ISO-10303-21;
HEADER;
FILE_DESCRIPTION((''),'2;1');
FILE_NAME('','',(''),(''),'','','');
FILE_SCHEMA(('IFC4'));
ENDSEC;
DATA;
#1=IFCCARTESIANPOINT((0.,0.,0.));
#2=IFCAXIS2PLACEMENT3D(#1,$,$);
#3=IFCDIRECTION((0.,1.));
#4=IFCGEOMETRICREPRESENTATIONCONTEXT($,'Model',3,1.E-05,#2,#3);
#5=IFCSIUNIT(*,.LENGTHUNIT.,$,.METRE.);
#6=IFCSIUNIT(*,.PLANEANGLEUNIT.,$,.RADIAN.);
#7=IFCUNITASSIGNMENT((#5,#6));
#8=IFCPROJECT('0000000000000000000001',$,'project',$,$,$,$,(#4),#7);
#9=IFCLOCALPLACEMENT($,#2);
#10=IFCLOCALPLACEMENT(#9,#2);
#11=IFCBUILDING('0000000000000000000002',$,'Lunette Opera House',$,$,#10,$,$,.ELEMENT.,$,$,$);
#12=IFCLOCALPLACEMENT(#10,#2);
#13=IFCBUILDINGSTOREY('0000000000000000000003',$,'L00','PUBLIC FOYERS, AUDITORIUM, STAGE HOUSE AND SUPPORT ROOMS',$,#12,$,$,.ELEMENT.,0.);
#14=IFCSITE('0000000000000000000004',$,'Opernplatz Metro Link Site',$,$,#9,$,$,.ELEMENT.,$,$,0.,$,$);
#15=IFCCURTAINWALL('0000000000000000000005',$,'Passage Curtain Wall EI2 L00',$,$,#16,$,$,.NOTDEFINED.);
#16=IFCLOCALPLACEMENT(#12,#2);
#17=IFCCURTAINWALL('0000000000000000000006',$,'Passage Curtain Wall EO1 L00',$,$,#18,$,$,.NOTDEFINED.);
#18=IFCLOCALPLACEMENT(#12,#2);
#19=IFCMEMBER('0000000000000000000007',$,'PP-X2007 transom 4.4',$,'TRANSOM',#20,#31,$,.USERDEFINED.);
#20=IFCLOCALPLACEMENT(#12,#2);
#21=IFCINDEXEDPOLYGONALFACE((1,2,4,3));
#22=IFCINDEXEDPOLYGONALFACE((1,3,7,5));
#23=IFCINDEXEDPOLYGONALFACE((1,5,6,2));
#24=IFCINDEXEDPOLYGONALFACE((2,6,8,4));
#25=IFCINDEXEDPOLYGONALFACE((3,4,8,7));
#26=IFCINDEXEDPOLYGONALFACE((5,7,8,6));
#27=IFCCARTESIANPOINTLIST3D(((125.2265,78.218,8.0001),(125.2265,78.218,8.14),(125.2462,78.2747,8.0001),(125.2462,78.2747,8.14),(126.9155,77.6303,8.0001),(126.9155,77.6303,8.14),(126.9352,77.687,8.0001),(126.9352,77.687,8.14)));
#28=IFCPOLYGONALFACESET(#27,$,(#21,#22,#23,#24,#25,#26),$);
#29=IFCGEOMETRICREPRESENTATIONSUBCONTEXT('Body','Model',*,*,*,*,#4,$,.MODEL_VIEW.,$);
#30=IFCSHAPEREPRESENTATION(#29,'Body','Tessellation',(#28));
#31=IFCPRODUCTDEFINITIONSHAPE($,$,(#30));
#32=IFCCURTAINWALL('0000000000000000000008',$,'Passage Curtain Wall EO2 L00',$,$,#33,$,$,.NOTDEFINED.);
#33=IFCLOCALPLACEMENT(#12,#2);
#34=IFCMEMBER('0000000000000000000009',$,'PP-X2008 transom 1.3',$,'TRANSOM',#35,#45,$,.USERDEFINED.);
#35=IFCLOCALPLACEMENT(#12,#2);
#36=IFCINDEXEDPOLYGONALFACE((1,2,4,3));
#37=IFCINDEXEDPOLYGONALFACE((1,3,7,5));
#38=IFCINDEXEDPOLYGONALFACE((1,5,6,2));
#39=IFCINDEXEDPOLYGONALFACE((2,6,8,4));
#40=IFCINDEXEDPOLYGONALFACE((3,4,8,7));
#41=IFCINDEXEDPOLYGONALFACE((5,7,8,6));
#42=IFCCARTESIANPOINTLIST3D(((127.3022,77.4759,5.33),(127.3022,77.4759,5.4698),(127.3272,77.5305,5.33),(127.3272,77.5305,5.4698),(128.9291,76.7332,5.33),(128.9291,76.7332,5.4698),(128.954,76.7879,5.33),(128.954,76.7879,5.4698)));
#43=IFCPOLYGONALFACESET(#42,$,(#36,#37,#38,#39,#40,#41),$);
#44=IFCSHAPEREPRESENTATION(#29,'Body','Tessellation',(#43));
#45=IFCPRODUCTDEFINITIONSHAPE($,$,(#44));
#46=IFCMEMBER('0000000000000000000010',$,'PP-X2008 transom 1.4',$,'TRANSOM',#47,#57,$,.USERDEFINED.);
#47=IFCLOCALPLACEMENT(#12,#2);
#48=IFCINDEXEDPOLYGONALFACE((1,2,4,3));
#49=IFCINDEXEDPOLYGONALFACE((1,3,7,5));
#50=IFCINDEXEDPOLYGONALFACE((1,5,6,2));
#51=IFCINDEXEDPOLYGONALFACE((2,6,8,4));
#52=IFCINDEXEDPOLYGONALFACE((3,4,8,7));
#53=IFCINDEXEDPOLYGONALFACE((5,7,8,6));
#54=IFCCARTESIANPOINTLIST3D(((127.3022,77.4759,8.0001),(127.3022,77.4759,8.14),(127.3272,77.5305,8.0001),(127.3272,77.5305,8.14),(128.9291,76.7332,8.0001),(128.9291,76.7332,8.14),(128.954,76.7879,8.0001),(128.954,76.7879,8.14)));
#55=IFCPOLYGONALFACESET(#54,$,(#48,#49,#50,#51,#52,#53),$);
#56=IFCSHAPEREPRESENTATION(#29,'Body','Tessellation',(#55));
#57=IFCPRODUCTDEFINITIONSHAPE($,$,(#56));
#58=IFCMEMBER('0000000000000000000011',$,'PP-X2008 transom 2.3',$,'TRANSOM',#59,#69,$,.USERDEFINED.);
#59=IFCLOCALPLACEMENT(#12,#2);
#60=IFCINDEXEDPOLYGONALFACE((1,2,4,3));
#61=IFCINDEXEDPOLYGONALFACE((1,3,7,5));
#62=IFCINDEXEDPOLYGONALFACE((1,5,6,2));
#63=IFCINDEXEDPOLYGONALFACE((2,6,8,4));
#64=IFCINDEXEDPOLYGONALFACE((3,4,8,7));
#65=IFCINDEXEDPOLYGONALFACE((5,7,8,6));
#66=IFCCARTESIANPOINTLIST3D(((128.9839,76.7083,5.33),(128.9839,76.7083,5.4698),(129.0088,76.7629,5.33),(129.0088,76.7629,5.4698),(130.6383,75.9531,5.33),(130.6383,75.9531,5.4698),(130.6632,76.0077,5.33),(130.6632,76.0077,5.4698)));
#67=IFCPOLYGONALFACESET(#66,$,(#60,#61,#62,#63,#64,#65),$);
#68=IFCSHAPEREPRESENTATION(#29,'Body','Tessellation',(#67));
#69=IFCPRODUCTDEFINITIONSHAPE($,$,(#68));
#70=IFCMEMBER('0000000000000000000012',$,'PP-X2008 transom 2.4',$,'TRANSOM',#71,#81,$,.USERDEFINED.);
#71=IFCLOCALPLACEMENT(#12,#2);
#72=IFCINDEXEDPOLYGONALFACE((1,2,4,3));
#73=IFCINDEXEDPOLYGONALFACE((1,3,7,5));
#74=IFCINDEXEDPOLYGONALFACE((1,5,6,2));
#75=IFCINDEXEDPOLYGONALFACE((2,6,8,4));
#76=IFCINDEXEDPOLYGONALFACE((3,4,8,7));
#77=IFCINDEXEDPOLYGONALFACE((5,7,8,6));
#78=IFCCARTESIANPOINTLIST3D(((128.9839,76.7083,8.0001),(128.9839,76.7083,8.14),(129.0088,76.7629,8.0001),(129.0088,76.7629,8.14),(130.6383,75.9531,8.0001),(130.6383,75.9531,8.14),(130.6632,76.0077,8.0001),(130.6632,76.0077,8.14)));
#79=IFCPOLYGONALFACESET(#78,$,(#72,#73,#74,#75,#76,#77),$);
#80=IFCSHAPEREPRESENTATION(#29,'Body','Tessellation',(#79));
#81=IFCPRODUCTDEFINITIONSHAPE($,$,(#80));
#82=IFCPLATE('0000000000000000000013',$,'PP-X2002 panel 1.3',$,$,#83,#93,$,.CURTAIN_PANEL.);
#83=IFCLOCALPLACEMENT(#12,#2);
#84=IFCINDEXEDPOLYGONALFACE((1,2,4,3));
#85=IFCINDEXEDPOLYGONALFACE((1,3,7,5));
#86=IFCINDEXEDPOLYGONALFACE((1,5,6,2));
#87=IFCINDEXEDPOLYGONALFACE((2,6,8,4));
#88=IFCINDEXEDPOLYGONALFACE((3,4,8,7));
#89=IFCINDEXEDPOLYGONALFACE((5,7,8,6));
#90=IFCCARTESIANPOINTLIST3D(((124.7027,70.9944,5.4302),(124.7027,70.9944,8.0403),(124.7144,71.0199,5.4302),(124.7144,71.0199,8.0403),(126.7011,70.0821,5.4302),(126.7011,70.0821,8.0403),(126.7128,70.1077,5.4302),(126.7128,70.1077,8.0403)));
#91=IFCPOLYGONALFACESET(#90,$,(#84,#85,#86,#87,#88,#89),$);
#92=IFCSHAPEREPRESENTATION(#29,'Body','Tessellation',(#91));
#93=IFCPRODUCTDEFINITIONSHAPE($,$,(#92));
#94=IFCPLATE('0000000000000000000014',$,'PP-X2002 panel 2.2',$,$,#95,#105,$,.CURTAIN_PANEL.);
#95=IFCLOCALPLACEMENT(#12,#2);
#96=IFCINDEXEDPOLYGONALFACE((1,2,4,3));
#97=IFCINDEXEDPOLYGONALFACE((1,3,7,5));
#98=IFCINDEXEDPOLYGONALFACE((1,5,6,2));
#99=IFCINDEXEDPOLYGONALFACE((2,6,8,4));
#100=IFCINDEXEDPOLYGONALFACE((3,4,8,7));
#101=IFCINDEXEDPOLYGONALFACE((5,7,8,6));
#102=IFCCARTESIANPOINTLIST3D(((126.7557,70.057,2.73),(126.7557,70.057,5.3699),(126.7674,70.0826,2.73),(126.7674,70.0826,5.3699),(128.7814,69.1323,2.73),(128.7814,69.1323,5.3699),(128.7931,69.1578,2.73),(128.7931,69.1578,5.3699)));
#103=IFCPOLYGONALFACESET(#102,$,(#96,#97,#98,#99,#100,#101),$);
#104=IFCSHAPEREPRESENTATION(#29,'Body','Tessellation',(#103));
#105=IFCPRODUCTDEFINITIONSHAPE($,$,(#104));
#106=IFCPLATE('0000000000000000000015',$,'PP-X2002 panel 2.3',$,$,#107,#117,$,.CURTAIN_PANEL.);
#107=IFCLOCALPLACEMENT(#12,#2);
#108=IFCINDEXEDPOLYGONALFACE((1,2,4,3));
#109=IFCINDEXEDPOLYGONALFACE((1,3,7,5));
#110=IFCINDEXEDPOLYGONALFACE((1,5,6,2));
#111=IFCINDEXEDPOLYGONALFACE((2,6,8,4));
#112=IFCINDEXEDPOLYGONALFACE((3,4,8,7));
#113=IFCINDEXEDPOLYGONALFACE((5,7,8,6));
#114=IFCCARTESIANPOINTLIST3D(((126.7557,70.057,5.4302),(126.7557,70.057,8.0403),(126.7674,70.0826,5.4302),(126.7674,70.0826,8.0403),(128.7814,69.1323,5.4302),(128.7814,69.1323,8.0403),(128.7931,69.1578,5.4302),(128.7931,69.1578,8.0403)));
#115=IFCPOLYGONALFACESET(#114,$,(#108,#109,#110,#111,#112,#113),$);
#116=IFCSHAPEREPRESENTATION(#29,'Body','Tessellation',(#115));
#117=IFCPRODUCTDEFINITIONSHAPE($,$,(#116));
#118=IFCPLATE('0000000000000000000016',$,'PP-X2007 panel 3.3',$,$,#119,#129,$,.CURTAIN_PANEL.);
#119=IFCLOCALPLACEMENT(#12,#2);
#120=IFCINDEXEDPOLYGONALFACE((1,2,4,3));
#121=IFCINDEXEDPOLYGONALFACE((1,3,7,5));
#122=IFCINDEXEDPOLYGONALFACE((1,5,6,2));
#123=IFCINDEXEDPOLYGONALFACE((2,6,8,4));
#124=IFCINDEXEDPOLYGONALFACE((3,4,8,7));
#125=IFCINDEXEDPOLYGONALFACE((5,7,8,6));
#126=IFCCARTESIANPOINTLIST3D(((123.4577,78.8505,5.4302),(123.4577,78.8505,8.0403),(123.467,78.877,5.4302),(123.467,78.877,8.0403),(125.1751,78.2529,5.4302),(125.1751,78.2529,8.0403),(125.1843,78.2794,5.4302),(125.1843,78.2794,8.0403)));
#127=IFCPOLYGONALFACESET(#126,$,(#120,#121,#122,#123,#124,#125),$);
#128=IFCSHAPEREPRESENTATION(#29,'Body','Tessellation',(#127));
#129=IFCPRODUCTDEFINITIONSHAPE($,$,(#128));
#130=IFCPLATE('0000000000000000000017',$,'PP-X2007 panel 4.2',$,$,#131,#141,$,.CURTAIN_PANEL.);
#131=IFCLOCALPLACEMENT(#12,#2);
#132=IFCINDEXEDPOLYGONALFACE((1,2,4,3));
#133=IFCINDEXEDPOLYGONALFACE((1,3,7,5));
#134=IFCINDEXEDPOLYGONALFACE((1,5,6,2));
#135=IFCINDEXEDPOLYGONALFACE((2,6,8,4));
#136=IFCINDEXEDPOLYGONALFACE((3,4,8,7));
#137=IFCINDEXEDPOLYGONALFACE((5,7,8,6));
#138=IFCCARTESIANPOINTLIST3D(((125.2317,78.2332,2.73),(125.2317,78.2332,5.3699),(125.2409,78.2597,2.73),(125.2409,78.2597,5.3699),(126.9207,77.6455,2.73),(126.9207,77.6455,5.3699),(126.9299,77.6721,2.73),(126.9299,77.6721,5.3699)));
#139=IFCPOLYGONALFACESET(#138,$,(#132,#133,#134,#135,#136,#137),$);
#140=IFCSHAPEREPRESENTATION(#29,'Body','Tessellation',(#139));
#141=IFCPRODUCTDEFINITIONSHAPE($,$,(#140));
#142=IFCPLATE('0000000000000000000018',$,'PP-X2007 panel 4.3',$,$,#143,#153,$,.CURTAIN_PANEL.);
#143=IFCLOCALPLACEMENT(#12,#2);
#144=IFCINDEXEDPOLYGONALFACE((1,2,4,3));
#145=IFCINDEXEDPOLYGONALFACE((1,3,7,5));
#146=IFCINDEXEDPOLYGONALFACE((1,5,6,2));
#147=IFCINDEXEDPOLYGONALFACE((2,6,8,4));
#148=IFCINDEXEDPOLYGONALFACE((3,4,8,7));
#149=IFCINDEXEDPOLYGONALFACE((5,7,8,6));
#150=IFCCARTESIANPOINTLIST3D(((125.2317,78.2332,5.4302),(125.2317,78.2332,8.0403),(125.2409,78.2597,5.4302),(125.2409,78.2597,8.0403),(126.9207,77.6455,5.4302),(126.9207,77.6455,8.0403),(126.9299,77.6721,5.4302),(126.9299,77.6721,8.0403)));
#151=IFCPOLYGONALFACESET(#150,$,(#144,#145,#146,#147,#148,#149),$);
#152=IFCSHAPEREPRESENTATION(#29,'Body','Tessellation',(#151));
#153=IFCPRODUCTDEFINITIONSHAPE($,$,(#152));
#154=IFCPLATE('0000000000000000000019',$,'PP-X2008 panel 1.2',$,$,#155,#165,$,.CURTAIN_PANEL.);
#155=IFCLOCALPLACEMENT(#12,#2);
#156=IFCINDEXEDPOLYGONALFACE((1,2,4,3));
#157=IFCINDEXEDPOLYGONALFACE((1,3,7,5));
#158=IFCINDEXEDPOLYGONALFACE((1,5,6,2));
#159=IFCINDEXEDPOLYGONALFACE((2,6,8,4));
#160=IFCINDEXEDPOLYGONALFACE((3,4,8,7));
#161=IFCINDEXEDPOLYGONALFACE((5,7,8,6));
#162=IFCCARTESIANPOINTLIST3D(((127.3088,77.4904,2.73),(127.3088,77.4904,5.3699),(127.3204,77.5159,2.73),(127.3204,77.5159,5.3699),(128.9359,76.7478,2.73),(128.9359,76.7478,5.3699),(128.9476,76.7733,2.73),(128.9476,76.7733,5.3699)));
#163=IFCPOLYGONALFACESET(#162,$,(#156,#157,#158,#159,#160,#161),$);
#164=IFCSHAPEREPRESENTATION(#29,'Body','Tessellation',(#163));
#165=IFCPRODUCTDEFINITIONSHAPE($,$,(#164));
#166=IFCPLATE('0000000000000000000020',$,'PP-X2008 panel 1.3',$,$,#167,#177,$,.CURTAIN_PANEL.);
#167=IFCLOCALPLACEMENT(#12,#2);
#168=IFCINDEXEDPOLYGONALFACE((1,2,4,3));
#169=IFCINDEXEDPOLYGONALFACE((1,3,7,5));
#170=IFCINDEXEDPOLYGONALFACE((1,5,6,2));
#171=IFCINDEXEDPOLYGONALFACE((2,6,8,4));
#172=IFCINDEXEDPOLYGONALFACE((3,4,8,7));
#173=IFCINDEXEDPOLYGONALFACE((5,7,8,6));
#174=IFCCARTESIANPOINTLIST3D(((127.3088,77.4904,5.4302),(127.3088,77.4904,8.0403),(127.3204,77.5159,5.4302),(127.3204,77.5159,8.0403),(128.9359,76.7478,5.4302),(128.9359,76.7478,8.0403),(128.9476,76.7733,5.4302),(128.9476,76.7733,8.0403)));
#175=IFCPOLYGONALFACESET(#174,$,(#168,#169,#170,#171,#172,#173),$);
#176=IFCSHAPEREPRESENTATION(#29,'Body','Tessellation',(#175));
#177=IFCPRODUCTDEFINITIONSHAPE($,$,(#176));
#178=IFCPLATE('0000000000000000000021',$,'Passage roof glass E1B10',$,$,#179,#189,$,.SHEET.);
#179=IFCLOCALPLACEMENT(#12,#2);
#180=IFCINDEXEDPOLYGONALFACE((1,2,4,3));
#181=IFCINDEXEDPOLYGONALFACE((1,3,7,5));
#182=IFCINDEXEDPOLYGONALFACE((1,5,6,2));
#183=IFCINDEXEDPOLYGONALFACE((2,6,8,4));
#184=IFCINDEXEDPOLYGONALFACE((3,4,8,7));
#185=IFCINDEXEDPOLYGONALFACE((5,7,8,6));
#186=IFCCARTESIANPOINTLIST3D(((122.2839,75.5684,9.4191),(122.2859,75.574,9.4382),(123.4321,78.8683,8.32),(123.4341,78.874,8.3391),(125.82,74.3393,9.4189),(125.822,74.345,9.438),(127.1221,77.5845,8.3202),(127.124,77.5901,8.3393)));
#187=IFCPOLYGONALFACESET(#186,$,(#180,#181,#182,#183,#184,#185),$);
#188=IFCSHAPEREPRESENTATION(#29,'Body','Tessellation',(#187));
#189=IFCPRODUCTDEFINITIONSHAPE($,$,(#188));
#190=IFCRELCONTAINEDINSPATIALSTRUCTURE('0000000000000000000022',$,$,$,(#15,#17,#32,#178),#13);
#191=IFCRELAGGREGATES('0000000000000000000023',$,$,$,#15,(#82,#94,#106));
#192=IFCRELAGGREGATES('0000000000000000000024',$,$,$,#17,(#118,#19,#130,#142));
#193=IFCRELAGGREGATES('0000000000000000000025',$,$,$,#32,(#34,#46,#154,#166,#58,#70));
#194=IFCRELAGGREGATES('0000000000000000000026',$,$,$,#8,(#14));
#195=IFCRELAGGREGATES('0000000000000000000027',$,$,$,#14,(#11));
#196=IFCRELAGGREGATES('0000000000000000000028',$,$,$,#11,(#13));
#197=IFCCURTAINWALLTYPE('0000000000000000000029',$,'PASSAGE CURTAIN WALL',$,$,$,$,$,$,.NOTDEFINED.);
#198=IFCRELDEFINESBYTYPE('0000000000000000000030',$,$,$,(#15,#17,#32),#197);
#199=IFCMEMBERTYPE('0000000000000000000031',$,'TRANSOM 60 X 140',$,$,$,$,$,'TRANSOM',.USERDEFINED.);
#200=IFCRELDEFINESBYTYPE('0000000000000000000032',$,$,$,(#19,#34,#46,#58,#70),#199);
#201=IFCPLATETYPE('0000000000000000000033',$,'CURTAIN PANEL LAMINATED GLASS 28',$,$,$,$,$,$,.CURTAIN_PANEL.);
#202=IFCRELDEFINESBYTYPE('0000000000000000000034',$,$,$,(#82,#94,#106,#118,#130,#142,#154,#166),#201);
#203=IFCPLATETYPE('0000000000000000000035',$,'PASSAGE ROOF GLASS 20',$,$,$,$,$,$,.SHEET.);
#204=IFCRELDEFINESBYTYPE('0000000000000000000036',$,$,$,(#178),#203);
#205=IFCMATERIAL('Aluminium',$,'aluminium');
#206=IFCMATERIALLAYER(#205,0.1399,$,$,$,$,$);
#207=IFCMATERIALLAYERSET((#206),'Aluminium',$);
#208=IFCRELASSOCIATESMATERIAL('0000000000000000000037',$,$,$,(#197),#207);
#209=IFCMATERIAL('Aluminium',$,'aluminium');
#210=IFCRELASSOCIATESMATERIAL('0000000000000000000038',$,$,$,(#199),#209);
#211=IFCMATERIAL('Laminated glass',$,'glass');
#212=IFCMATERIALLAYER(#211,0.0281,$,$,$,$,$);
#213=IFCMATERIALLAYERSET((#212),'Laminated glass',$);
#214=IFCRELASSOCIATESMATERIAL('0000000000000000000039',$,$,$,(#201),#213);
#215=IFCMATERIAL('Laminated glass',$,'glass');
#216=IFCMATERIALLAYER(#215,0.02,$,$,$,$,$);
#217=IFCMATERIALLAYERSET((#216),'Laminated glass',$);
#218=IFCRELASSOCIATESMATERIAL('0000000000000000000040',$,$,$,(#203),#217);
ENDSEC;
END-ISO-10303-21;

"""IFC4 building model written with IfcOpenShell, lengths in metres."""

from ifc_helpers import new_model, si_unit, direction, frame, origin, origin_2d, place, context, subcontext, project, spatial, polyline, rectangle, outline, extrude, material, layer, layer_set, material_profile, profile_set, type_object, element, aggregate, save


model = new_model("IFC4")

# Units and contexts
model_context = context("Model", 3, precision=1e-05, world=origin(), true_north=direction((0.0, 1.0)))
body_context = subcontext(model_context, "Body", "Model", "MODEL_VIEW")
ifc_project = project(units=[si_unit("LENGTHUNIT", "METRE"), si_unit("PLANEANGLEUNIT", "RADIAN")], contexts=[model_context])

# Site, building, storey
site_placement = place(None, origin())
site = spatial("IfcSite", under=ifc_project, at=site_placement, Name="Opernplatz Metro Link Site", CompositionType="ELEMENT", RefElevation=0.0)
building_placement = place(site_placement, origin())
building = spatial("IfcBuilding", under=site, at=building_placement, Name="Lunette Opera House", CompositionType="ELEMENT")
storey_placement = place(building_placement, origin())
storey = spatial("IfcBuildingStorey", under=building, at=storey_placement, Name="L00", Description="PUBLIC FOYERS, AUDITORIUM, STAGE HOUSE AND SUPPORT ROOMS", CompositionType="ELEMENT", Elevation=0.0)

# Curtain walls, members
ifc_material_1 = material(Name="Aluminium", Category="aluminium")
ifc_layer_1 = layer(ifc_material_1, 0.1399)
ifc_layer_set_1 = layer_set([ifc_layer_1], Name="Aluminium")
curtain_wall_type = type_object("IfcCurtainWallType", Name="PASSAGE CURTAIN WALL", PredefinedType="NOTDEFINED", material=ifc_layer_set_1)
curtain_wall_1_placement = place(storey_placement, origin())
curtain_wall_1 = element("IfcCurtainWall", 1, at=curtain_wall_1_placement, inside=storey, type_object=curtain_wall_type, Name="Passage Curtain Wall EI2 L00", PredefinedType="NOTDEFINED")
ifc_material_2 = material(Name="Aluminium", Category="aluminium")
ifc_material_profile_1 = material_profile(ifc_material_2, rectangle(XDim=0.0601, YDim=0.1399, at=origin_2d()), Name="TRANSOM 60 X 140")
ifc_profile_set_1 = profile_set([ifc_material_profile_1], Name="Aluminium")
member_type_1 = type_object("IfcMemberType", Name="TRANSOM 60 X 140", ElementType="TRANSOM", PredefinedType="USERDEFINED", material=ifc_profile_set_1)
curtain_wall_2_placement = place(storey_placement, origin())
curtain_wall_2 = element("IfcCurtainWall", 2, at=curtain_wall_2_placement, inside=storey, type_object=curtain_wall_type, Name="Passage Curtain Wall EO1 L00", PredefinedType="NOTDEFINED")
member_1_placement = place(storey_placement, frame((125.2363, 78.2463, 8.0701), z_axis=(0.944465, -0.328611, 0.0), x_axis=(0.328611, 0.944465, 0.0)))
member_1 = element("IfcMember", 3, at=member_1_placement, type_object=member_type_1, Name="PP-X2007 transom 4.4", ObjectType="TRANSOM", PredefinedType="USERDEFINED", context=body_context, shape_type="SweptSolid", body=[
    extrude(rectangle(XDim=0.0601, YDim=0.1399, at=origin_2d()), origin(), (0.0, 0.0, 1.0), 1.7883),
])
curtain_wall_3_placement = place(storey_placement, origin())
curtain_wall_3 = element("IfcCurtainWall", 4, at=curtain_wall_3_placement, inside=storey, type_object=curtain_wall_type, Name="Passage Curtain Wall EO2 L00", PredefinedType="NOTDEFINED")
member_2_placement = place(storey_placement, frame((127.3147, 77.5032, 5.3999), z_axis=(0.909701, -0.415263, 0.0), x_axis=(0.415263, 0.909701, 0.0)))
member_2 = element("IfcMember", 5, at=member_2_placement, type_object=member_type_1, Name="PP-X2008 transom 1.3", ObjectType="TRANSOM", PredefinedType="USERDEFINED", context=body_context, shape_type="SweptSolid", body=[
    extrude(rectangle(XDim=0.0601, YDim=0.1399, at=origin_2d()), origin(), (0.0, 0.0, 1.0), 1.7883),
])
member_3_placement = place(storey_placement, frame((127.3147, 77.5032, 8.0701), z_axis=(0.909701, -0.415263, 0.0), x_axis=(0.415263, 0.909701, 0.0)))
member_3 = element("IfcMember", 6, at=member_3_placement, type_object=member_type_1, Name="PP-X2008 transom 1.4", ObjectType="TRANSOM", PredefinedType="USERDEFINED", context=body_context, shape_type="SweptSolid", body=[
    extrude(rectangle(XDim=0.0601, YDim=0.1399, at=origin_2d()), origin(), (0.0, 0.0, 1.0), 1.7883),
])
member_4_placement = place(storey_placement, frame((128.9963, 76.7356, 5.3999), z_axis=(0.909708, -0.415249, 0.0), x_axis=(0.415249, 0.909708, 0.0)))
member_4 = element("IfcMember", 7, at=member_4_placement, type_object=member_type_1, Name="PP-X2008 transom 2.3", ObjectType="TRANSOM", PredefinedType="USERDEFINED", context=body_context, shape_type="SweptSolid", body=[
    extrude(rectangle(XDim=0.0601, YDim=0.1399, at=origin_2d()), origin(), (0.0, 0.0, 1.0), 1.8186),
])
member_5_placement = place(storey_placement, frame((128.9963, 76.7356, 8.0701), z_axis=(0.909708, -0.415249, 0.0), x_axis=(0.415249, 0.909708, 0.0)))
member_5 = element("IfcMember", 8, at=member_5_placement, type_object=member_type_1, Name="PP-X2008 transom 2.4", ObjectType="TRANSOM", PredefinedType="USERDEFINED", context=body_context, shape_type="SweptSolid", body=[
    extrude(rectangle(XDim=0.0601, YDim=0.1399, at=origin_2d()), origin(), (0.0, 0.0, 1.0), 1.8186),
])

# Plates
ifc_material_3 = material(Name="Laminated glass", Category="glass")
ifc_layer_2 = layer(ifc_material_3, 0.0281)
ifc_layer_set_2 = layer_set([ifc_layer_2], Name="Laminated glass")
plate_type_1 = type_object("IfcPlateType", Name="CURTAIN PANEL LAMINATED GLASS 28", PredefinedType="CURTAIN_PANEL", material=ifc_layer_set_2)
plate_1_placement = place(storey_placement, frame((125.7078, 70.551, 5.4302), z_axis=(0.0, 0.0, 1.0), x_axis=(0.909696, -0.415274, 0.0)))
plate_1 = element("IfcPlate", 9, at=plate_1_placement, type_object=plate_type_1, Name="PP-X2002 panel 1.3", PredefinedType="CURTAIN_PANEL", context=body_context, shape_type="SweptSolid", body=[
    extrude(rectangle(XDim=2.1968, YDim=0.0281, at=origin_2d()), origin(), (0.0, 0.0, 1.0), 2.6101),
])
plate_2_placement = place(storey_placement, frame((127.7744, 69.6074, 2.73), z_axis=(0.0, 0.0, 1.0), x_axis=(0.909696, -0.415274, 0.0)))
plate_2 = element("IfcPlate", 10, at=plate_2_placement, type_object=plate_type_1, Name="PP-X2002 panel 2.2", PredefinedType="CURTAIN_PANEL", context=body_context, shape_type="SweptSolid", body=[
    extrude(rectangle(XDim=2.2268, YDim=0.0281, at=origin_2d()), origin(), (0.0, 0.0, 1.0), 2.6399),
])
plate_3_placement = place(storey_placement, frame((127.7744, 69.6074, 5.4302), z_axis=(0.0, 0.0, 1.0), x_axis=(0.909696, -0.415274, 0.0)))
plate_3 = element("IfcPlate", 11, at=plate_3_placement, type_object=plate_type_1, Name="PP-X2002 panel 2.3", PredefinedType="CURTAIN_PANEL", context=body_context, shape_type="SweptSolid", body=[
    extrude(rectangle(XDim=2.2268, YDim=0.0281, at=origin_2d()), origin(), (0.0, 0.0, 1.0), 2.6101),
])
aggregate(curtain_wall_1, [plate_1, plate_2, plate_3])
plate_4_placement = place(storey_placement, frame((124.321, 78.5649, 5.4302), z_axis=(0.0, 0.0, 1.0), x_axis=(0.944463, -0.328619, 0.0)))
plate_4 = element("IfcPlate", 12, at=plate_4_placement, type_object=plate_type_1, Name="PP-X2007 panel 3.3", PredefinedType="CURTAIN_PANEL", context=body_context, shape_type="SweptSolid", body=[
    extrude(rectangle(XDim=1.8184, YDim=0.0281, at=origin_2d()), origin(), (0.0, 0.0, 1.0), 2.6101),
])
plate_5_placement = place(storey_placement, frame((126.0808, 77.9526, 2.73), z_axis=(0.0, 0.0, 1.0), x_axis=(0.944463, -0.328619, 0.0)))
plate_5 = element("IfcPlate", 13, at=plate_5_placement, type_object=plate_type_1, Name="PP-X2007 panel 4.2", PredefinedType="CURTAIN_PANEL", context=body_context, shape_type="SweptSolid", body=[
    extrude(rectangle(XDim=1.7883, YDim=0.0281, at=origin_2d()), origin(), (0.0, 0.0, 1.0), 2.6399),
])
plate_6_placement = place(storey_placement, frame((126.0808, 77.9526, 5.4302), z_axis=(0.0, 0.0, 1.0), x_axis=(0.944463, -0.328619, 0.0)))
plate_6 = element("IfcPlate", 14, at=plate_6_placement, type_object=plate_type_1, Name="PP-X2007 panel 4.3", PredefinedType="CURTAIN_PANEL", context=body_context, shape_type="SweptSolid", body=[
    extrude(rectangle(XDim=1.7883, YDim=0.0281, at=origin_2d()), origin(), (0.0, 0.0, 1.0), 2.6101),
])
aggregate(curtain_wall_2, [plate_4, member_1, plate_5, plate_6])
plate_7_placement = place(storey_placement, frame((128.1282, 77.1318, 2.73), z_axis=(0.0, 0.0, 1.0), x_axis=(0.909727, -0.415206, 0.0)))
plate_7 = element("IfcPlate", 15, at=plate_7_placement, type_object=plate_type_1, Name="PP-X2008 panel 1.2", PredefinedType="CURTAIN_PANEL", context=body_context, shape_type="SweptSolid", body=[
    extrude(rectangle(XDim=1.7886, YDim=0.0281, at=origin_2d()), origin(), (0.0, 0.0, 1.0), 2.6399),
])
plate_8_placement = place(storey_placement, frame((128.1282, 77.1318, 5.4302), z_axis=(0.0, 0.0, 1.0), x_axis=(0.909727, -0.415206, 0.0)))
plate_8 = element("IfcPlate", 16, at=plate_8_placement, type_object=plate_type_1, Name="PP-X2008 panel 1.3", PredefinedType="CURTAIN_PANEL", context=body_context, shape_type="SweptSolid", body=[
    extrude(rectangle(XDim=1.7886, YDim=0.0281, at=origin_2d()), origin(), (0.0, 0.0, 1.0), 2.6101),
])
aggregate(curtain_wall_3, [member_2, member_3, plate_7, plate_8, member_4, member_5])

# Plate
ifc_material_4 = material(Name="Laminated glass", Category="glass")
ifc_layer_3 = layer(ifc_material_4, 0.02)
ifc_layer_set_3 = layer_set([ifc_layer_3], Name="Laminated glass")
plate_type_2 = type_object("IfcPlateType", Name="PASSAGE ROOF GLASS 20", PredefinedType="SHEET", material=ifc_layer_set_3)
plate_9_placement = place(storey_placement, frame((123.4341, 78.874, 8.3391), z_axis=(0.09856, 0.283414, 0.95392), x_axis=(0.944464, -0.328615, 0.00005)))
element("IfcPlate", 17, at=plate_9_placement, inside=storey, type_object=plate_type_2, Name="Passage roof glass E1B10", PredefinedType="SHEET", context=body_context, shape_type="SweptSolid", body=[
    extrude(outline(polyline([(0.0, 0.0), (3.9069, 0.0), (3.7437, -3.6615), (0.0001, -3.6628), (0.0, 0.0)])), origin(), (0.0, 0.0, -1.0), 0.02),
])

save(model, "model.ifc")
